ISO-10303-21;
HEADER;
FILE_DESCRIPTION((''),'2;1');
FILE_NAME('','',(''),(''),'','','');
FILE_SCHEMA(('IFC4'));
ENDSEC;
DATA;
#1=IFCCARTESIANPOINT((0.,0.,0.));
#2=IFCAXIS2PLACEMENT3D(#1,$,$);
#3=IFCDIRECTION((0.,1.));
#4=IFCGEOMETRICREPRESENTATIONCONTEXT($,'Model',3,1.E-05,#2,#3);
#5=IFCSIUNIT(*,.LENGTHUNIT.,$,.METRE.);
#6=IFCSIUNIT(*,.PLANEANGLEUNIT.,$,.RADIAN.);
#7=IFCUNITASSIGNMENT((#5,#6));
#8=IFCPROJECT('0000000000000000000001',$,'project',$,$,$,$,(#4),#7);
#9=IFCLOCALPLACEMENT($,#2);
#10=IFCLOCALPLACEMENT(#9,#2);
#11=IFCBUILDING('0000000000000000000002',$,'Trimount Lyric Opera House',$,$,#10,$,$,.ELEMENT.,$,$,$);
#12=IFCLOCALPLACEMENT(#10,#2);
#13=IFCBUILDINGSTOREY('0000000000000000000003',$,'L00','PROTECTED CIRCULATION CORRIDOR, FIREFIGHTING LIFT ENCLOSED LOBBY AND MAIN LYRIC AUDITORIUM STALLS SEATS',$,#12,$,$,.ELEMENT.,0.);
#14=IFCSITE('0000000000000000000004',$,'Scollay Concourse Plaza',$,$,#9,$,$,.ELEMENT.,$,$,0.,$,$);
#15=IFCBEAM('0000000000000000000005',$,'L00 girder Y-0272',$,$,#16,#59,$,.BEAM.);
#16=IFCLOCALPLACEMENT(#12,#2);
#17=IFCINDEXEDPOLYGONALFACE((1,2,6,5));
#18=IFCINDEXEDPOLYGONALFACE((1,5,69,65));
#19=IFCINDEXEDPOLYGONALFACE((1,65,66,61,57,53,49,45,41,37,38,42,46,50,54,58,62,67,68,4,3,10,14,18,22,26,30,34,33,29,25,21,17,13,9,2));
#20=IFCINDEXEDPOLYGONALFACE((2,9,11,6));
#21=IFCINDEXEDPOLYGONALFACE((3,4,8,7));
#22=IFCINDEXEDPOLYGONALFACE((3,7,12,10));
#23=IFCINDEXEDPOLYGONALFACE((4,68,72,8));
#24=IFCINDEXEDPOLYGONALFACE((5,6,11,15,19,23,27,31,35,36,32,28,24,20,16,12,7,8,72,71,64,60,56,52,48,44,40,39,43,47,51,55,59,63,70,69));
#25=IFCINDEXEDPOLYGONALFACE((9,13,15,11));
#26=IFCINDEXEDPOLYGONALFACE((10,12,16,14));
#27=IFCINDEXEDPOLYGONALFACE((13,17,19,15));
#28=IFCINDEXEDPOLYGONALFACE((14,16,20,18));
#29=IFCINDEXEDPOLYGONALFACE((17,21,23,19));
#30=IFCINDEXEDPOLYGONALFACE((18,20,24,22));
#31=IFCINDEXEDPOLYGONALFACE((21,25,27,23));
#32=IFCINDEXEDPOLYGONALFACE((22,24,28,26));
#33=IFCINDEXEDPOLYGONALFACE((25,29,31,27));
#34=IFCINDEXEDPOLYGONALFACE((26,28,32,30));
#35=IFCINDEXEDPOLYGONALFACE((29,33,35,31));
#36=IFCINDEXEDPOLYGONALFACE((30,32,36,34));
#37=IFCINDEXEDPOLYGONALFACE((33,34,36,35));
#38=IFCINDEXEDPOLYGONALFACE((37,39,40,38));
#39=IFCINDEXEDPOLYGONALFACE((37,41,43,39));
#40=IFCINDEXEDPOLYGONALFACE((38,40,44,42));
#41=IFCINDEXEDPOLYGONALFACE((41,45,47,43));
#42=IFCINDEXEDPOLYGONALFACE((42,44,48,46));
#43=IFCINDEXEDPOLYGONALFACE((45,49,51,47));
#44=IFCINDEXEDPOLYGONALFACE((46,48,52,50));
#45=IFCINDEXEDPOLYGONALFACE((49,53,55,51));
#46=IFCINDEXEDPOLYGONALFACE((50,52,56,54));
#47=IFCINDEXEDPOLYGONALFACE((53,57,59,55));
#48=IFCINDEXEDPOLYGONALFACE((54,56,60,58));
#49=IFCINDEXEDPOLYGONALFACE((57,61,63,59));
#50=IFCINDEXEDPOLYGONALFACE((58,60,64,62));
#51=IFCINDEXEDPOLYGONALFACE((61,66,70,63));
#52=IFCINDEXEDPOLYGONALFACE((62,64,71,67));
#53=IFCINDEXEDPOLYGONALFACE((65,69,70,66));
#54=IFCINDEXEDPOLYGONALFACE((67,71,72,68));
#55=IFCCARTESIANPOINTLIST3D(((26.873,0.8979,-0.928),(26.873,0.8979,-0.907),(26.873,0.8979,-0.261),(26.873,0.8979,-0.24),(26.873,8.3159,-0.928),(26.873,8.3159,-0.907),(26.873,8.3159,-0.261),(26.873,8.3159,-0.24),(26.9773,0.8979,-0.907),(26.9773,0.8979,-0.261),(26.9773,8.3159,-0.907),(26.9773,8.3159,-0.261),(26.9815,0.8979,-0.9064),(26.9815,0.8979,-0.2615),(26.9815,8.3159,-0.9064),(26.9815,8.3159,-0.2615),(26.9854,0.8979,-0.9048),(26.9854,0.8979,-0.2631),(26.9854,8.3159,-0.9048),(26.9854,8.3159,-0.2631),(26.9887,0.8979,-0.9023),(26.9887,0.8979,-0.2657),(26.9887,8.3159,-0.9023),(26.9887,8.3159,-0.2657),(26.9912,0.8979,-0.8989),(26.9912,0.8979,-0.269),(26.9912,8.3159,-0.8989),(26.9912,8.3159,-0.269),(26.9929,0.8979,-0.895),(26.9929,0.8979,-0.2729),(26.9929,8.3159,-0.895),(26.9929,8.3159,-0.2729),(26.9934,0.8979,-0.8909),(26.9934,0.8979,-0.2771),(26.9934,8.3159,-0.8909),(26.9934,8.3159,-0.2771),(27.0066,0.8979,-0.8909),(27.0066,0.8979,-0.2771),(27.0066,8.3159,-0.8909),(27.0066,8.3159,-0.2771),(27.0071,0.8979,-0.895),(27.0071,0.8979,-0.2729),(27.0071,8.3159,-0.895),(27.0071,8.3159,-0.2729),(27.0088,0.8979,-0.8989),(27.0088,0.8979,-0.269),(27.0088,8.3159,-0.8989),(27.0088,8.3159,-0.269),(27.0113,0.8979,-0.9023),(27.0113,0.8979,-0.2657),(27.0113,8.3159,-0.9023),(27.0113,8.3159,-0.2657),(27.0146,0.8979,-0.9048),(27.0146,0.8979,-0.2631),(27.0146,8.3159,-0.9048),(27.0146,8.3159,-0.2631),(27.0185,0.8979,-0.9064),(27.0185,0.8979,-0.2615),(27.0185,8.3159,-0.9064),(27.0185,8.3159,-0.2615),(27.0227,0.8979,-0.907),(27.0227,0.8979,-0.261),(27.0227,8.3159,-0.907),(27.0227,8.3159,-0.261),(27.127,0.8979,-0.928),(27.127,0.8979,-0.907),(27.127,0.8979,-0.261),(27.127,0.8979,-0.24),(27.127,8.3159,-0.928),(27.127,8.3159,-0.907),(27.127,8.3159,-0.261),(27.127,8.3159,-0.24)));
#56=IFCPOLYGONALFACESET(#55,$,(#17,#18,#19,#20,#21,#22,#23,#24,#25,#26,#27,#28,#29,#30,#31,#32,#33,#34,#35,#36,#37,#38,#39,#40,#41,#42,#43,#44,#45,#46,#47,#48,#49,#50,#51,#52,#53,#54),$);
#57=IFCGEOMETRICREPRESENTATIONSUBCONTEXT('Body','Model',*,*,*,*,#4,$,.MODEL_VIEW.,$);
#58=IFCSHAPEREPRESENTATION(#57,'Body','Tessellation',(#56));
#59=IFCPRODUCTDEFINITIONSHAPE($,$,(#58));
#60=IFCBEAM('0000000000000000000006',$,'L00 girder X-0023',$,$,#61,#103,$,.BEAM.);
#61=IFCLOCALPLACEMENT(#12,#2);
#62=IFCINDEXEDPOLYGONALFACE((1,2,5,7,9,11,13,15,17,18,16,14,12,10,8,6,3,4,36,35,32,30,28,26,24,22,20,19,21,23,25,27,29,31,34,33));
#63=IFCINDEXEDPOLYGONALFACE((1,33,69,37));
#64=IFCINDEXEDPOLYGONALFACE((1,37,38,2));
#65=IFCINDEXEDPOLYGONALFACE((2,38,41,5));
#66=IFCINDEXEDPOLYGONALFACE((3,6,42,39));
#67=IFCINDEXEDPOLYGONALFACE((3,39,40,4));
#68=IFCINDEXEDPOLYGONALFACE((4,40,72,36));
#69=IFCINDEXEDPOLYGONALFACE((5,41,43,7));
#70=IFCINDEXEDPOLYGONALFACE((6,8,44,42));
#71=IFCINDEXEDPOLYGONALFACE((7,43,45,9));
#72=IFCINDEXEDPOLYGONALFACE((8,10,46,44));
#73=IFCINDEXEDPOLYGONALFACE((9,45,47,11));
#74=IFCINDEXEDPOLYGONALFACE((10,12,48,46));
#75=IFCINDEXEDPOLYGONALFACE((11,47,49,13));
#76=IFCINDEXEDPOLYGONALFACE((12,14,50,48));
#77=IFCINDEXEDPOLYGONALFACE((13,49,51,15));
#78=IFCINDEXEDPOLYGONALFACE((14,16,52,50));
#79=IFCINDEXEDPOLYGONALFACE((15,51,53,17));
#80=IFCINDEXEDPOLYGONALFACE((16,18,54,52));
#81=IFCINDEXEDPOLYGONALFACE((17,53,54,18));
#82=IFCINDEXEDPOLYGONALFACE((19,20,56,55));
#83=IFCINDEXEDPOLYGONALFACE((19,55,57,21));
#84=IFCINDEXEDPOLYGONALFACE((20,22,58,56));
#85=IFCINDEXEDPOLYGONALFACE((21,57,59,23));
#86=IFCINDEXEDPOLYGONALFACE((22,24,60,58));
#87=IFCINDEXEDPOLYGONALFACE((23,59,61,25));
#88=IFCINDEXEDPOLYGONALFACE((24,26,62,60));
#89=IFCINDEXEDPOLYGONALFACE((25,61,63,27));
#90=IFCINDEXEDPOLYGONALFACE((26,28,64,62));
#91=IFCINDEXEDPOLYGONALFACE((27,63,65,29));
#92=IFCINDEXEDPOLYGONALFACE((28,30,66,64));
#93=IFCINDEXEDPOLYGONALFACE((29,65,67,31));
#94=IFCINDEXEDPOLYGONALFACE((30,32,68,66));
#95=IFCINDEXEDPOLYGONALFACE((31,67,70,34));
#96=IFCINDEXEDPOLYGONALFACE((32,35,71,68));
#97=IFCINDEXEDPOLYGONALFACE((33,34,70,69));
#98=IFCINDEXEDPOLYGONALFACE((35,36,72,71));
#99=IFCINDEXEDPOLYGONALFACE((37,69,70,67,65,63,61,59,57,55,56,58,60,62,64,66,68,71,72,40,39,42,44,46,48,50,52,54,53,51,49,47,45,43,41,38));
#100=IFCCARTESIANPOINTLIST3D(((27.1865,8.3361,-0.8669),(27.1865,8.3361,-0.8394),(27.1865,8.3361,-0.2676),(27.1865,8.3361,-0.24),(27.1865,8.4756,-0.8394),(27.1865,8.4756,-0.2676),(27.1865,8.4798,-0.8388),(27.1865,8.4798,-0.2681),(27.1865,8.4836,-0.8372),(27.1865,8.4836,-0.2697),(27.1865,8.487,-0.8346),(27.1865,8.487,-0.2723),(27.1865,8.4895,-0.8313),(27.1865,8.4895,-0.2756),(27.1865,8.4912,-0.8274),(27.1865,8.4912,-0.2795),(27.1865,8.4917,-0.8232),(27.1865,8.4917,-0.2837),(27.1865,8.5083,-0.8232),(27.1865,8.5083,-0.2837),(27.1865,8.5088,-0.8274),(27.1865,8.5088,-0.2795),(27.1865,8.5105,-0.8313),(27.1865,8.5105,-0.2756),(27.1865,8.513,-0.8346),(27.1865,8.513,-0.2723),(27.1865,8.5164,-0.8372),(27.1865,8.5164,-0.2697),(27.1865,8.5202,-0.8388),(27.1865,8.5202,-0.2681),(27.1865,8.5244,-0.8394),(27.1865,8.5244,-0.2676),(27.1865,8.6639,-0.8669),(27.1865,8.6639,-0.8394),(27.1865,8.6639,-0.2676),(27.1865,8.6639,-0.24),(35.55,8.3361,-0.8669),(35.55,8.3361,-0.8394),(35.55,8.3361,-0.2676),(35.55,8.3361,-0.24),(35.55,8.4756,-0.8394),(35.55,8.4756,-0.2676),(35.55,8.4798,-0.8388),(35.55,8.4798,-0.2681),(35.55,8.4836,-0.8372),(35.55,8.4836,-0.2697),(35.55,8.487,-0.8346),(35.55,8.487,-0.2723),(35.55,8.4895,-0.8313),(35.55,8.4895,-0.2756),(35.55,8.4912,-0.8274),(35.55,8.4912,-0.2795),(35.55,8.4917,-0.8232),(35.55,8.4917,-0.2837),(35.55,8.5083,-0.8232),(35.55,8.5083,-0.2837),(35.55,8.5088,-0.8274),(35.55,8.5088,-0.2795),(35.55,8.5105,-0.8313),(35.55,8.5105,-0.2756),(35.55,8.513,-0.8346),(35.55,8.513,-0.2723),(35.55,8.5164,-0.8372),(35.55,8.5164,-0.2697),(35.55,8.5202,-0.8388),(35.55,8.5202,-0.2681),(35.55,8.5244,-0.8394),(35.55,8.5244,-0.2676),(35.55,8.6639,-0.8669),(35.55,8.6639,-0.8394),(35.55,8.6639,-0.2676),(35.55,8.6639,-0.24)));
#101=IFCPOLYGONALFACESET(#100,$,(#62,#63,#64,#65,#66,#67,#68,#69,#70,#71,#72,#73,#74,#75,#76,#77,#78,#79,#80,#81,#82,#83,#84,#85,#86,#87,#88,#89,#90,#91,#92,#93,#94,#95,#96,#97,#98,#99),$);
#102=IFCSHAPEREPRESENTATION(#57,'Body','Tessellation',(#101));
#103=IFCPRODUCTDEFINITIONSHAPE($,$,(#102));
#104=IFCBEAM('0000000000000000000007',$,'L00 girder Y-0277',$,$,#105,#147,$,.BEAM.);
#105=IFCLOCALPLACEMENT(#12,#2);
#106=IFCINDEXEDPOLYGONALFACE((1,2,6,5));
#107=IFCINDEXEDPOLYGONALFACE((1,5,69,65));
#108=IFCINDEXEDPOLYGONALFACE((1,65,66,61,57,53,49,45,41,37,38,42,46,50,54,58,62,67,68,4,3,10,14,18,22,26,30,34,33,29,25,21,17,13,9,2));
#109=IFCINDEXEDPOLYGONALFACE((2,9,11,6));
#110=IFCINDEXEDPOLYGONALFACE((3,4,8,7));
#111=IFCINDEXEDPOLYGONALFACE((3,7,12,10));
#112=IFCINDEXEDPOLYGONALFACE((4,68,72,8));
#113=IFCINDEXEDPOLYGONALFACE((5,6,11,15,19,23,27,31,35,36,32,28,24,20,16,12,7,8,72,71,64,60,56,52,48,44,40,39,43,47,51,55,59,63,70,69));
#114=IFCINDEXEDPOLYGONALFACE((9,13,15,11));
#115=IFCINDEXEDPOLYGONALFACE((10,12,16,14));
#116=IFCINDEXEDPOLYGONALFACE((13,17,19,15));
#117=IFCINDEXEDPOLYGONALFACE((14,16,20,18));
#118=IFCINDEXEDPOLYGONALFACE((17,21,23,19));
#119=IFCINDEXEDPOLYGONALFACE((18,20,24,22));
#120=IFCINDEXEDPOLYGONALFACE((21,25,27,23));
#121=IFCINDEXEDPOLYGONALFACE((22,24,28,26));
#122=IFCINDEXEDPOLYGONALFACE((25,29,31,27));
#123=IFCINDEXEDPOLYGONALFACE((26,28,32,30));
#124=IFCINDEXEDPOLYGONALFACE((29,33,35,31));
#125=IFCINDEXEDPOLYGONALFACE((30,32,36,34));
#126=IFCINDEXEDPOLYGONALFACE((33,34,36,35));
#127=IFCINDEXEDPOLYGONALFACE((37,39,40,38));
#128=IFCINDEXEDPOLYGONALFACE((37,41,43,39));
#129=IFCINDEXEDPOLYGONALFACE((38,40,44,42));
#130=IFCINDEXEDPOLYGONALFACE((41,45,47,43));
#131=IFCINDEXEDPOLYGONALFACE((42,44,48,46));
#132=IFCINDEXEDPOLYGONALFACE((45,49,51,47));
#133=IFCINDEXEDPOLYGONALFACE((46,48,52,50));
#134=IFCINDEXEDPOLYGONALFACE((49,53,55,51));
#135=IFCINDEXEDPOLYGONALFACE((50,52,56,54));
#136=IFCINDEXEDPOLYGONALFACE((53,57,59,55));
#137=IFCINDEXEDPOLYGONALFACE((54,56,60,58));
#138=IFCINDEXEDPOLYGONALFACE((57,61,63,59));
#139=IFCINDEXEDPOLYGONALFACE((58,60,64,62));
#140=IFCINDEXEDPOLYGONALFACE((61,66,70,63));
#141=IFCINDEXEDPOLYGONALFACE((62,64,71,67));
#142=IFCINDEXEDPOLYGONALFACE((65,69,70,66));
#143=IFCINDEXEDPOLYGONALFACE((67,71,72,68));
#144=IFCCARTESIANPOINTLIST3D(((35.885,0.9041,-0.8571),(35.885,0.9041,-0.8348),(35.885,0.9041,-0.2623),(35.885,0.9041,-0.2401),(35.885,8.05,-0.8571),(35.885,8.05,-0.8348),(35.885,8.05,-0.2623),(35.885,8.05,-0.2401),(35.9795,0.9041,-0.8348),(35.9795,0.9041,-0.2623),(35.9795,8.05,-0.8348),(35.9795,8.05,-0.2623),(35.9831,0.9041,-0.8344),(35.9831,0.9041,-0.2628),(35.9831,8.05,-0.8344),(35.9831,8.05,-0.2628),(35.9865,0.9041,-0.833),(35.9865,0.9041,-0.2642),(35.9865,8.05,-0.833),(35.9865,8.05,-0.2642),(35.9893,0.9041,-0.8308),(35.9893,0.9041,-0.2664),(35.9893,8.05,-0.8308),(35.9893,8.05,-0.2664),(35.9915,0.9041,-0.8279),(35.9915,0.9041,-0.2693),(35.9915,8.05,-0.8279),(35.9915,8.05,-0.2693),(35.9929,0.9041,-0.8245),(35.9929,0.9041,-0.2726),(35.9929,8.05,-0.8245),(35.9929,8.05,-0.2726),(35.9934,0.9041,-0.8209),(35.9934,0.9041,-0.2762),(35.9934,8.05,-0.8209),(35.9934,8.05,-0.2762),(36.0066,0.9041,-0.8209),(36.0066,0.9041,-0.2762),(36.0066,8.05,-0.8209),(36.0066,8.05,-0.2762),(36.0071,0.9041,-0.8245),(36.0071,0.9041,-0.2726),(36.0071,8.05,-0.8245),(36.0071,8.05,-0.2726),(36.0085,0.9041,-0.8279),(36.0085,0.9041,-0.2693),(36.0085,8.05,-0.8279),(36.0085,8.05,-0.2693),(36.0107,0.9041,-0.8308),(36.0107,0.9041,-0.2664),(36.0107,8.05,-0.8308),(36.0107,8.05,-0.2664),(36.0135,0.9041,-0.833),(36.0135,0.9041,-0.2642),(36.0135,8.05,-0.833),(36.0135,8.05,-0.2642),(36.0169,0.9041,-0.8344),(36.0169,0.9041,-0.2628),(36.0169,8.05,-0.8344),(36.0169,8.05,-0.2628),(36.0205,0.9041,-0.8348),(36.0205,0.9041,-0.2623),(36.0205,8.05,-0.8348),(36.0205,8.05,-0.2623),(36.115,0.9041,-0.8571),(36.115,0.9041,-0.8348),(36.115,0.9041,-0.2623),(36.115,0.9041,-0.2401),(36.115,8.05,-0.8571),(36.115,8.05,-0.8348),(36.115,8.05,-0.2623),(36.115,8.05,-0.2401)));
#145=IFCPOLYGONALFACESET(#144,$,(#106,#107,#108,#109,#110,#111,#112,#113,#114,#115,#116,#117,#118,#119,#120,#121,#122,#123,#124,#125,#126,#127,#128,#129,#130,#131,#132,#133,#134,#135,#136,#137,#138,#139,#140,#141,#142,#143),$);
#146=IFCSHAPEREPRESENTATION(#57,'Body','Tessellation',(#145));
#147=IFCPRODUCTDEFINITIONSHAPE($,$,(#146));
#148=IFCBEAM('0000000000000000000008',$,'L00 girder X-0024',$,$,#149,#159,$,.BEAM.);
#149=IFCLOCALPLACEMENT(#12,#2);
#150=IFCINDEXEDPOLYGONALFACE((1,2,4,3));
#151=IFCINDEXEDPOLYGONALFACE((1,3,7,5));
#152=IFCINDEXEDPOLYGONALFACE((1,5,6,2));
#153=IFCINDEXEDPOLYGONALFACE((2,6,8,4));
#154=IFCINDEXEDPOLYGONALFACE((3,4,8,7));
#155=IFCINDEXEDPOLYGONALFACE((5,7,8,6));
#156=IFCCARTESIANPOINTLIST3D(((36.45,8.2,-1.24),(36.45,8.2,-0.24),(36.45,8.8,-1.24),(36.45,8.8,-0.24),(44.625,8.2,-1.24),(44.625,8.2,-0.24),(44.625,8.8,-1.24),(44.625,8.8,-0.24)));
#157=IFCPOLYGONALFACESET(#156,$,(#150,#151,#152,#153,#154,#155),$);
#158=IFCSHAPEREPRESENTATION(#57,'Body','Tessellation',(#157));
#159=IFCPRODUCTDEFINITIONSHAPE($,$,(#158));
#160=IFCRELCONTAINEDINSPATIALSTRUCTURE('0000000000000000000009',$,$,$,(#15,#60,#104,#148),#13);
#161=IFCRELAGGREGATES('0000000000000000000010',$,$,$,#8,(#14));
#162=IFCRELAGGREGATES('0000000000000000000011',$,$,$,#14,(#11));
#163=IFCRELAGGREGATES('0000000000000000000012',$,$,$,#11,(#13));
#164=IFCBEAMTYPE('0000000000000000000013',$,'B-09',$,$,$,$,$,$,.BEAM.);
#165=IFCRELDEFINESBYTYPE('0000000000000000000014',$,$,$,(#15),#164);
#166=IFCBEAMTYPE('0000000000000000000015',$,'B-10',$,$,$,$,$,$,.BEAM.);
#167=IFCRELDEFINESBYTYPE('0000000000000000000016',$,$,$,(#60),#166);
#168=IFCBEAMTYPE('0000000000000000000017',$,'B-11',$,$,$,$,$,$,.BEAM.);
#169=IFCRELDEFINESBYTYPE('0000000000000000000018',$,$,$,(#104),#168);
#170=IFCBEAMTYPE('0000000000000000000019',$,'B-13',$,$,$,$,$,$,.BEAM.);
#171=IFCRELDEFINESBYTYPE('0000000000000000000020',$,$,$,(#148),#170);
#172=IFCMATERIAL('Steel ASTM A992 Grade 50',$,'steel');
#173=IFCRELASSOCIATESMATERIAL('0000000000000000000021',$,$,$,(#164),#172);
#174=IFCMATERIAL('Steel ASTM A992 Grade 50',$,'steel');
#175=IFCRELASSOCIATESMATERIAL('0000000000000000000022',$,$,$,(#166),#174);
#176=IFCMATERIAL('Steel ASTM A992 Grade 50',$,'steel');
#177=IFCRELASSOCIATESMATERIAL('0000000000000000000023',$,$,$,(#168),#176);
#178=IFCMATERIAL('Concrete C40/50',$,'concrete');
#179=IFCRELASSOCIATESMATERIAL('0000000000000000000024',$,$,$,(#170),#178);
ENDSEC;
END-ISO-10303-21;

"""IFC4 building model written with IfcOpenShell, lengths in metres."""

from ifc_helpers import new_model, si_unit, direction, frame, origin, origin_2d, place, context, subcontext, project, spatial, rectangle, i_section, extrude, material, material_profile, profile_set, type_object, element, save


model = new_model("IFC4")

# Units and contexts
model_context = context("Model", 3, precision=1e-05, world=origin(), true_north=direction((0.0, 1.0)))
body_context = subcontext(model_context, "Body", "Model", "MODEL_VIEW")
ifc_project = project(units=[si_unit("LENGTHUNIT", "METRE"), si_unit("PLANEANGLEUNIT", "RADIAN")], contexts=[model_context])

# Site, building, storey
site_placement = place(None, origin())
site = spatial("IfcSite", under=ifc_project, at=site_placement, Name="Scollay Concourse Plaza", CompositionType="ELEMENT", RefElevation=0.0)
building_placement = place(site_placement, origin())
building = spatial("IfcBuilding", under=site, at=building_placement, Name="Trimount Lyric Opera House", CompositionType="ELEMENT")
storey_placement = place(building_placement, origin())
storey = spatial("IfcBuildingStorey", under=building, at=storey_placement, Name="L00", Description="PROTECTED CIRCULATION CORRIDOR, FIREFIGHTING LIFT ENCLOSED LOBBY AND MAIN LYRIC AUDITORIUM STALLS SEATS", CompositionType="ELEMENT", Elevation=0.0)

# Beams
ifc_material_1 = material(Name="Steel ASTM A992 Grade 50", Category="steel")
ifc_material_profile_1 = material_profile(ifc_material_1, i_section(OverallWidth=0.2539, OverallDepth=0.688, WebThickness=0.0132, FlangeThickness=0.021, FilletRadius=0.0161, at=origin_2d()), Name="W27X102")
ifc_profile_set_1 = profile_set([ifc_material_profile_1], Name="Steel ASTM A992 Grade 50")
beam_type_1 = type_object("IfcBeamType", Name="B-09", PredefinedType="BEAM", material=ifc_profile_set_1)
beam_1_placement = place(storey_placement, frame((27.0, 0.8979, -0.584), z_axis=(0.0, 1.0, 0.0), x_axis=(-1.0, 0.0, 0.0)))
element("IfcBeam", 1, at=beam_1_placement, inside=storey, type_object=beam_type_1, Name="L00 girder Y-0272", PredefinedType="BEAM", context=body_context, shape_type="SweptSolid", body=[
    extrude(i_section(OverallWidth=0.2539, OverallDepth=0.688, WebThickness=0.0132, FlangeThickness=0.021, FilletRadius=0.0161, at=origin_2d()), origin(), (0.0, 0.0, 1.0), 7.418),
])
ifc_material_2 = material(Name="Steel ASTM A992 Grade 50", Category="steel")
ifc_material_profile_2 = material_profile(ifc_material_2, i_section(OverallWidth=0.3279, OverallDepth=0.627, WebThickness=0.0166, FlangeThickness=0.0276, FilletRadius=0.0161, at=origin_2d()), Name="W24X146")
ifc_profile_set_2 = profile_set([ifc_material_profile_2], Name="Steel ASTM A992 Grade 50")
beam_type_2 = type_object("IfcBeamType", Name="B-10", PredefinedType="BEAM", material=ifc_profile_set_2)
beam_2_placement = place(storey_placement, frame((27.1865, 8.5, -0.5535), z_axis=(1.0, 0.0, 0.0), x_axis=(0.0, 1.0, 0.0)))
element("IfcBeam", 2, at=beam_2_placement, inside=storey, type_object=beam_type_2, Name="L00 girder X-0023", PredefinedType="BEAM", context=body_context, shape_type="SweptSolid", body=[
    extrude(i_section(OverallWidth=0.3279, OverallDepth=0.627, WebThickness=0.0166, FlangeThickness=0.0276, FilletRadius=0.0161, at=origin_2d()), origin(), (0.0, 0.0, 1.0), 8.3635),
])
ifc_material_3 = material(Name="Steel ASTM A992 Grade 50", Category="steel")
ifc_material_profile_3 = material_profile(ifc_material_3, i_section(OverallWidth=0.23, OverallDepth=0.6169, WebThickness=0.0132, FlangeThickness=0.0222, FilletRadius=0.0139, at=origin_2d()), Name="W24X94")
ifc_profile_set_3 = profile_set([ifc_material_profile_3], Name="Steel ASTM A992 Grade 50")
beam_type_3 = type_object("IfcBeamType", Name="B-11", PredefinedType="BEAM", material=ifc_profile_set_3)
beam_3_placement = place(storey_placement, frame((36.0, 0.9041, -0.5486), z_axis=(0.0, 1.0, 0.0), x_axis=(-1.0, 0.0, 0.0)))
element("IfcBeam", 3, at=beam_3_placement, inside=storey, type_object=beam_type_3, Name="L00 girder Y-0277", PredefinedType="BEAM", context=body_context, shape_type="SweptSolid", body=[
    extrude(i_section(OverallWidth=0.23, OverallDepth=0.6169, WebThickness=0.0132, FlangeThickness=0.0222, FilletRadius=0.0139, at=origin_2d()), origin(), (0.0, 0.0, 1.0), 7.146),
])
ifc_material_4 = material(Name="Concrete C40/50", Category="concrete")
ifc_material_profile_4 = material_profile(ifc_material_4, rectangle(XDim=0.6001, YDim=1.0, at=origin_2d()), Name="RC600X1000")
ifc_profile_set_4 = profile_set([ifc_material_profile_4], Name="Concrete C40/50")
beam_type_4 = type_object("IfcBeamType", Name="B-13", PredefinedType="BEAM", material=ifc_profile_set_4)
beam_4_placement = place(storey_placement, frame((36.45, 8.5, -0.74), z_axis=(1.0, 0.0, 0.0), x_axis=(0.0, 1.0, 0.0)))
element("IfcBeam", 4, at=beam_4_placement, inside=storey, type_object=beam_type_4, Name="L00 girder X-0024", PredefinedType="BEAM", context=body_context, shape_type="SweptSolid", body=[
    extrude(rectangle(XDim=0.6001, YDim=1.0, at=origin_2d()), origin(), (0.0, 0.0, 1.0), 8.175),
])

save(model, "model.ifc")
